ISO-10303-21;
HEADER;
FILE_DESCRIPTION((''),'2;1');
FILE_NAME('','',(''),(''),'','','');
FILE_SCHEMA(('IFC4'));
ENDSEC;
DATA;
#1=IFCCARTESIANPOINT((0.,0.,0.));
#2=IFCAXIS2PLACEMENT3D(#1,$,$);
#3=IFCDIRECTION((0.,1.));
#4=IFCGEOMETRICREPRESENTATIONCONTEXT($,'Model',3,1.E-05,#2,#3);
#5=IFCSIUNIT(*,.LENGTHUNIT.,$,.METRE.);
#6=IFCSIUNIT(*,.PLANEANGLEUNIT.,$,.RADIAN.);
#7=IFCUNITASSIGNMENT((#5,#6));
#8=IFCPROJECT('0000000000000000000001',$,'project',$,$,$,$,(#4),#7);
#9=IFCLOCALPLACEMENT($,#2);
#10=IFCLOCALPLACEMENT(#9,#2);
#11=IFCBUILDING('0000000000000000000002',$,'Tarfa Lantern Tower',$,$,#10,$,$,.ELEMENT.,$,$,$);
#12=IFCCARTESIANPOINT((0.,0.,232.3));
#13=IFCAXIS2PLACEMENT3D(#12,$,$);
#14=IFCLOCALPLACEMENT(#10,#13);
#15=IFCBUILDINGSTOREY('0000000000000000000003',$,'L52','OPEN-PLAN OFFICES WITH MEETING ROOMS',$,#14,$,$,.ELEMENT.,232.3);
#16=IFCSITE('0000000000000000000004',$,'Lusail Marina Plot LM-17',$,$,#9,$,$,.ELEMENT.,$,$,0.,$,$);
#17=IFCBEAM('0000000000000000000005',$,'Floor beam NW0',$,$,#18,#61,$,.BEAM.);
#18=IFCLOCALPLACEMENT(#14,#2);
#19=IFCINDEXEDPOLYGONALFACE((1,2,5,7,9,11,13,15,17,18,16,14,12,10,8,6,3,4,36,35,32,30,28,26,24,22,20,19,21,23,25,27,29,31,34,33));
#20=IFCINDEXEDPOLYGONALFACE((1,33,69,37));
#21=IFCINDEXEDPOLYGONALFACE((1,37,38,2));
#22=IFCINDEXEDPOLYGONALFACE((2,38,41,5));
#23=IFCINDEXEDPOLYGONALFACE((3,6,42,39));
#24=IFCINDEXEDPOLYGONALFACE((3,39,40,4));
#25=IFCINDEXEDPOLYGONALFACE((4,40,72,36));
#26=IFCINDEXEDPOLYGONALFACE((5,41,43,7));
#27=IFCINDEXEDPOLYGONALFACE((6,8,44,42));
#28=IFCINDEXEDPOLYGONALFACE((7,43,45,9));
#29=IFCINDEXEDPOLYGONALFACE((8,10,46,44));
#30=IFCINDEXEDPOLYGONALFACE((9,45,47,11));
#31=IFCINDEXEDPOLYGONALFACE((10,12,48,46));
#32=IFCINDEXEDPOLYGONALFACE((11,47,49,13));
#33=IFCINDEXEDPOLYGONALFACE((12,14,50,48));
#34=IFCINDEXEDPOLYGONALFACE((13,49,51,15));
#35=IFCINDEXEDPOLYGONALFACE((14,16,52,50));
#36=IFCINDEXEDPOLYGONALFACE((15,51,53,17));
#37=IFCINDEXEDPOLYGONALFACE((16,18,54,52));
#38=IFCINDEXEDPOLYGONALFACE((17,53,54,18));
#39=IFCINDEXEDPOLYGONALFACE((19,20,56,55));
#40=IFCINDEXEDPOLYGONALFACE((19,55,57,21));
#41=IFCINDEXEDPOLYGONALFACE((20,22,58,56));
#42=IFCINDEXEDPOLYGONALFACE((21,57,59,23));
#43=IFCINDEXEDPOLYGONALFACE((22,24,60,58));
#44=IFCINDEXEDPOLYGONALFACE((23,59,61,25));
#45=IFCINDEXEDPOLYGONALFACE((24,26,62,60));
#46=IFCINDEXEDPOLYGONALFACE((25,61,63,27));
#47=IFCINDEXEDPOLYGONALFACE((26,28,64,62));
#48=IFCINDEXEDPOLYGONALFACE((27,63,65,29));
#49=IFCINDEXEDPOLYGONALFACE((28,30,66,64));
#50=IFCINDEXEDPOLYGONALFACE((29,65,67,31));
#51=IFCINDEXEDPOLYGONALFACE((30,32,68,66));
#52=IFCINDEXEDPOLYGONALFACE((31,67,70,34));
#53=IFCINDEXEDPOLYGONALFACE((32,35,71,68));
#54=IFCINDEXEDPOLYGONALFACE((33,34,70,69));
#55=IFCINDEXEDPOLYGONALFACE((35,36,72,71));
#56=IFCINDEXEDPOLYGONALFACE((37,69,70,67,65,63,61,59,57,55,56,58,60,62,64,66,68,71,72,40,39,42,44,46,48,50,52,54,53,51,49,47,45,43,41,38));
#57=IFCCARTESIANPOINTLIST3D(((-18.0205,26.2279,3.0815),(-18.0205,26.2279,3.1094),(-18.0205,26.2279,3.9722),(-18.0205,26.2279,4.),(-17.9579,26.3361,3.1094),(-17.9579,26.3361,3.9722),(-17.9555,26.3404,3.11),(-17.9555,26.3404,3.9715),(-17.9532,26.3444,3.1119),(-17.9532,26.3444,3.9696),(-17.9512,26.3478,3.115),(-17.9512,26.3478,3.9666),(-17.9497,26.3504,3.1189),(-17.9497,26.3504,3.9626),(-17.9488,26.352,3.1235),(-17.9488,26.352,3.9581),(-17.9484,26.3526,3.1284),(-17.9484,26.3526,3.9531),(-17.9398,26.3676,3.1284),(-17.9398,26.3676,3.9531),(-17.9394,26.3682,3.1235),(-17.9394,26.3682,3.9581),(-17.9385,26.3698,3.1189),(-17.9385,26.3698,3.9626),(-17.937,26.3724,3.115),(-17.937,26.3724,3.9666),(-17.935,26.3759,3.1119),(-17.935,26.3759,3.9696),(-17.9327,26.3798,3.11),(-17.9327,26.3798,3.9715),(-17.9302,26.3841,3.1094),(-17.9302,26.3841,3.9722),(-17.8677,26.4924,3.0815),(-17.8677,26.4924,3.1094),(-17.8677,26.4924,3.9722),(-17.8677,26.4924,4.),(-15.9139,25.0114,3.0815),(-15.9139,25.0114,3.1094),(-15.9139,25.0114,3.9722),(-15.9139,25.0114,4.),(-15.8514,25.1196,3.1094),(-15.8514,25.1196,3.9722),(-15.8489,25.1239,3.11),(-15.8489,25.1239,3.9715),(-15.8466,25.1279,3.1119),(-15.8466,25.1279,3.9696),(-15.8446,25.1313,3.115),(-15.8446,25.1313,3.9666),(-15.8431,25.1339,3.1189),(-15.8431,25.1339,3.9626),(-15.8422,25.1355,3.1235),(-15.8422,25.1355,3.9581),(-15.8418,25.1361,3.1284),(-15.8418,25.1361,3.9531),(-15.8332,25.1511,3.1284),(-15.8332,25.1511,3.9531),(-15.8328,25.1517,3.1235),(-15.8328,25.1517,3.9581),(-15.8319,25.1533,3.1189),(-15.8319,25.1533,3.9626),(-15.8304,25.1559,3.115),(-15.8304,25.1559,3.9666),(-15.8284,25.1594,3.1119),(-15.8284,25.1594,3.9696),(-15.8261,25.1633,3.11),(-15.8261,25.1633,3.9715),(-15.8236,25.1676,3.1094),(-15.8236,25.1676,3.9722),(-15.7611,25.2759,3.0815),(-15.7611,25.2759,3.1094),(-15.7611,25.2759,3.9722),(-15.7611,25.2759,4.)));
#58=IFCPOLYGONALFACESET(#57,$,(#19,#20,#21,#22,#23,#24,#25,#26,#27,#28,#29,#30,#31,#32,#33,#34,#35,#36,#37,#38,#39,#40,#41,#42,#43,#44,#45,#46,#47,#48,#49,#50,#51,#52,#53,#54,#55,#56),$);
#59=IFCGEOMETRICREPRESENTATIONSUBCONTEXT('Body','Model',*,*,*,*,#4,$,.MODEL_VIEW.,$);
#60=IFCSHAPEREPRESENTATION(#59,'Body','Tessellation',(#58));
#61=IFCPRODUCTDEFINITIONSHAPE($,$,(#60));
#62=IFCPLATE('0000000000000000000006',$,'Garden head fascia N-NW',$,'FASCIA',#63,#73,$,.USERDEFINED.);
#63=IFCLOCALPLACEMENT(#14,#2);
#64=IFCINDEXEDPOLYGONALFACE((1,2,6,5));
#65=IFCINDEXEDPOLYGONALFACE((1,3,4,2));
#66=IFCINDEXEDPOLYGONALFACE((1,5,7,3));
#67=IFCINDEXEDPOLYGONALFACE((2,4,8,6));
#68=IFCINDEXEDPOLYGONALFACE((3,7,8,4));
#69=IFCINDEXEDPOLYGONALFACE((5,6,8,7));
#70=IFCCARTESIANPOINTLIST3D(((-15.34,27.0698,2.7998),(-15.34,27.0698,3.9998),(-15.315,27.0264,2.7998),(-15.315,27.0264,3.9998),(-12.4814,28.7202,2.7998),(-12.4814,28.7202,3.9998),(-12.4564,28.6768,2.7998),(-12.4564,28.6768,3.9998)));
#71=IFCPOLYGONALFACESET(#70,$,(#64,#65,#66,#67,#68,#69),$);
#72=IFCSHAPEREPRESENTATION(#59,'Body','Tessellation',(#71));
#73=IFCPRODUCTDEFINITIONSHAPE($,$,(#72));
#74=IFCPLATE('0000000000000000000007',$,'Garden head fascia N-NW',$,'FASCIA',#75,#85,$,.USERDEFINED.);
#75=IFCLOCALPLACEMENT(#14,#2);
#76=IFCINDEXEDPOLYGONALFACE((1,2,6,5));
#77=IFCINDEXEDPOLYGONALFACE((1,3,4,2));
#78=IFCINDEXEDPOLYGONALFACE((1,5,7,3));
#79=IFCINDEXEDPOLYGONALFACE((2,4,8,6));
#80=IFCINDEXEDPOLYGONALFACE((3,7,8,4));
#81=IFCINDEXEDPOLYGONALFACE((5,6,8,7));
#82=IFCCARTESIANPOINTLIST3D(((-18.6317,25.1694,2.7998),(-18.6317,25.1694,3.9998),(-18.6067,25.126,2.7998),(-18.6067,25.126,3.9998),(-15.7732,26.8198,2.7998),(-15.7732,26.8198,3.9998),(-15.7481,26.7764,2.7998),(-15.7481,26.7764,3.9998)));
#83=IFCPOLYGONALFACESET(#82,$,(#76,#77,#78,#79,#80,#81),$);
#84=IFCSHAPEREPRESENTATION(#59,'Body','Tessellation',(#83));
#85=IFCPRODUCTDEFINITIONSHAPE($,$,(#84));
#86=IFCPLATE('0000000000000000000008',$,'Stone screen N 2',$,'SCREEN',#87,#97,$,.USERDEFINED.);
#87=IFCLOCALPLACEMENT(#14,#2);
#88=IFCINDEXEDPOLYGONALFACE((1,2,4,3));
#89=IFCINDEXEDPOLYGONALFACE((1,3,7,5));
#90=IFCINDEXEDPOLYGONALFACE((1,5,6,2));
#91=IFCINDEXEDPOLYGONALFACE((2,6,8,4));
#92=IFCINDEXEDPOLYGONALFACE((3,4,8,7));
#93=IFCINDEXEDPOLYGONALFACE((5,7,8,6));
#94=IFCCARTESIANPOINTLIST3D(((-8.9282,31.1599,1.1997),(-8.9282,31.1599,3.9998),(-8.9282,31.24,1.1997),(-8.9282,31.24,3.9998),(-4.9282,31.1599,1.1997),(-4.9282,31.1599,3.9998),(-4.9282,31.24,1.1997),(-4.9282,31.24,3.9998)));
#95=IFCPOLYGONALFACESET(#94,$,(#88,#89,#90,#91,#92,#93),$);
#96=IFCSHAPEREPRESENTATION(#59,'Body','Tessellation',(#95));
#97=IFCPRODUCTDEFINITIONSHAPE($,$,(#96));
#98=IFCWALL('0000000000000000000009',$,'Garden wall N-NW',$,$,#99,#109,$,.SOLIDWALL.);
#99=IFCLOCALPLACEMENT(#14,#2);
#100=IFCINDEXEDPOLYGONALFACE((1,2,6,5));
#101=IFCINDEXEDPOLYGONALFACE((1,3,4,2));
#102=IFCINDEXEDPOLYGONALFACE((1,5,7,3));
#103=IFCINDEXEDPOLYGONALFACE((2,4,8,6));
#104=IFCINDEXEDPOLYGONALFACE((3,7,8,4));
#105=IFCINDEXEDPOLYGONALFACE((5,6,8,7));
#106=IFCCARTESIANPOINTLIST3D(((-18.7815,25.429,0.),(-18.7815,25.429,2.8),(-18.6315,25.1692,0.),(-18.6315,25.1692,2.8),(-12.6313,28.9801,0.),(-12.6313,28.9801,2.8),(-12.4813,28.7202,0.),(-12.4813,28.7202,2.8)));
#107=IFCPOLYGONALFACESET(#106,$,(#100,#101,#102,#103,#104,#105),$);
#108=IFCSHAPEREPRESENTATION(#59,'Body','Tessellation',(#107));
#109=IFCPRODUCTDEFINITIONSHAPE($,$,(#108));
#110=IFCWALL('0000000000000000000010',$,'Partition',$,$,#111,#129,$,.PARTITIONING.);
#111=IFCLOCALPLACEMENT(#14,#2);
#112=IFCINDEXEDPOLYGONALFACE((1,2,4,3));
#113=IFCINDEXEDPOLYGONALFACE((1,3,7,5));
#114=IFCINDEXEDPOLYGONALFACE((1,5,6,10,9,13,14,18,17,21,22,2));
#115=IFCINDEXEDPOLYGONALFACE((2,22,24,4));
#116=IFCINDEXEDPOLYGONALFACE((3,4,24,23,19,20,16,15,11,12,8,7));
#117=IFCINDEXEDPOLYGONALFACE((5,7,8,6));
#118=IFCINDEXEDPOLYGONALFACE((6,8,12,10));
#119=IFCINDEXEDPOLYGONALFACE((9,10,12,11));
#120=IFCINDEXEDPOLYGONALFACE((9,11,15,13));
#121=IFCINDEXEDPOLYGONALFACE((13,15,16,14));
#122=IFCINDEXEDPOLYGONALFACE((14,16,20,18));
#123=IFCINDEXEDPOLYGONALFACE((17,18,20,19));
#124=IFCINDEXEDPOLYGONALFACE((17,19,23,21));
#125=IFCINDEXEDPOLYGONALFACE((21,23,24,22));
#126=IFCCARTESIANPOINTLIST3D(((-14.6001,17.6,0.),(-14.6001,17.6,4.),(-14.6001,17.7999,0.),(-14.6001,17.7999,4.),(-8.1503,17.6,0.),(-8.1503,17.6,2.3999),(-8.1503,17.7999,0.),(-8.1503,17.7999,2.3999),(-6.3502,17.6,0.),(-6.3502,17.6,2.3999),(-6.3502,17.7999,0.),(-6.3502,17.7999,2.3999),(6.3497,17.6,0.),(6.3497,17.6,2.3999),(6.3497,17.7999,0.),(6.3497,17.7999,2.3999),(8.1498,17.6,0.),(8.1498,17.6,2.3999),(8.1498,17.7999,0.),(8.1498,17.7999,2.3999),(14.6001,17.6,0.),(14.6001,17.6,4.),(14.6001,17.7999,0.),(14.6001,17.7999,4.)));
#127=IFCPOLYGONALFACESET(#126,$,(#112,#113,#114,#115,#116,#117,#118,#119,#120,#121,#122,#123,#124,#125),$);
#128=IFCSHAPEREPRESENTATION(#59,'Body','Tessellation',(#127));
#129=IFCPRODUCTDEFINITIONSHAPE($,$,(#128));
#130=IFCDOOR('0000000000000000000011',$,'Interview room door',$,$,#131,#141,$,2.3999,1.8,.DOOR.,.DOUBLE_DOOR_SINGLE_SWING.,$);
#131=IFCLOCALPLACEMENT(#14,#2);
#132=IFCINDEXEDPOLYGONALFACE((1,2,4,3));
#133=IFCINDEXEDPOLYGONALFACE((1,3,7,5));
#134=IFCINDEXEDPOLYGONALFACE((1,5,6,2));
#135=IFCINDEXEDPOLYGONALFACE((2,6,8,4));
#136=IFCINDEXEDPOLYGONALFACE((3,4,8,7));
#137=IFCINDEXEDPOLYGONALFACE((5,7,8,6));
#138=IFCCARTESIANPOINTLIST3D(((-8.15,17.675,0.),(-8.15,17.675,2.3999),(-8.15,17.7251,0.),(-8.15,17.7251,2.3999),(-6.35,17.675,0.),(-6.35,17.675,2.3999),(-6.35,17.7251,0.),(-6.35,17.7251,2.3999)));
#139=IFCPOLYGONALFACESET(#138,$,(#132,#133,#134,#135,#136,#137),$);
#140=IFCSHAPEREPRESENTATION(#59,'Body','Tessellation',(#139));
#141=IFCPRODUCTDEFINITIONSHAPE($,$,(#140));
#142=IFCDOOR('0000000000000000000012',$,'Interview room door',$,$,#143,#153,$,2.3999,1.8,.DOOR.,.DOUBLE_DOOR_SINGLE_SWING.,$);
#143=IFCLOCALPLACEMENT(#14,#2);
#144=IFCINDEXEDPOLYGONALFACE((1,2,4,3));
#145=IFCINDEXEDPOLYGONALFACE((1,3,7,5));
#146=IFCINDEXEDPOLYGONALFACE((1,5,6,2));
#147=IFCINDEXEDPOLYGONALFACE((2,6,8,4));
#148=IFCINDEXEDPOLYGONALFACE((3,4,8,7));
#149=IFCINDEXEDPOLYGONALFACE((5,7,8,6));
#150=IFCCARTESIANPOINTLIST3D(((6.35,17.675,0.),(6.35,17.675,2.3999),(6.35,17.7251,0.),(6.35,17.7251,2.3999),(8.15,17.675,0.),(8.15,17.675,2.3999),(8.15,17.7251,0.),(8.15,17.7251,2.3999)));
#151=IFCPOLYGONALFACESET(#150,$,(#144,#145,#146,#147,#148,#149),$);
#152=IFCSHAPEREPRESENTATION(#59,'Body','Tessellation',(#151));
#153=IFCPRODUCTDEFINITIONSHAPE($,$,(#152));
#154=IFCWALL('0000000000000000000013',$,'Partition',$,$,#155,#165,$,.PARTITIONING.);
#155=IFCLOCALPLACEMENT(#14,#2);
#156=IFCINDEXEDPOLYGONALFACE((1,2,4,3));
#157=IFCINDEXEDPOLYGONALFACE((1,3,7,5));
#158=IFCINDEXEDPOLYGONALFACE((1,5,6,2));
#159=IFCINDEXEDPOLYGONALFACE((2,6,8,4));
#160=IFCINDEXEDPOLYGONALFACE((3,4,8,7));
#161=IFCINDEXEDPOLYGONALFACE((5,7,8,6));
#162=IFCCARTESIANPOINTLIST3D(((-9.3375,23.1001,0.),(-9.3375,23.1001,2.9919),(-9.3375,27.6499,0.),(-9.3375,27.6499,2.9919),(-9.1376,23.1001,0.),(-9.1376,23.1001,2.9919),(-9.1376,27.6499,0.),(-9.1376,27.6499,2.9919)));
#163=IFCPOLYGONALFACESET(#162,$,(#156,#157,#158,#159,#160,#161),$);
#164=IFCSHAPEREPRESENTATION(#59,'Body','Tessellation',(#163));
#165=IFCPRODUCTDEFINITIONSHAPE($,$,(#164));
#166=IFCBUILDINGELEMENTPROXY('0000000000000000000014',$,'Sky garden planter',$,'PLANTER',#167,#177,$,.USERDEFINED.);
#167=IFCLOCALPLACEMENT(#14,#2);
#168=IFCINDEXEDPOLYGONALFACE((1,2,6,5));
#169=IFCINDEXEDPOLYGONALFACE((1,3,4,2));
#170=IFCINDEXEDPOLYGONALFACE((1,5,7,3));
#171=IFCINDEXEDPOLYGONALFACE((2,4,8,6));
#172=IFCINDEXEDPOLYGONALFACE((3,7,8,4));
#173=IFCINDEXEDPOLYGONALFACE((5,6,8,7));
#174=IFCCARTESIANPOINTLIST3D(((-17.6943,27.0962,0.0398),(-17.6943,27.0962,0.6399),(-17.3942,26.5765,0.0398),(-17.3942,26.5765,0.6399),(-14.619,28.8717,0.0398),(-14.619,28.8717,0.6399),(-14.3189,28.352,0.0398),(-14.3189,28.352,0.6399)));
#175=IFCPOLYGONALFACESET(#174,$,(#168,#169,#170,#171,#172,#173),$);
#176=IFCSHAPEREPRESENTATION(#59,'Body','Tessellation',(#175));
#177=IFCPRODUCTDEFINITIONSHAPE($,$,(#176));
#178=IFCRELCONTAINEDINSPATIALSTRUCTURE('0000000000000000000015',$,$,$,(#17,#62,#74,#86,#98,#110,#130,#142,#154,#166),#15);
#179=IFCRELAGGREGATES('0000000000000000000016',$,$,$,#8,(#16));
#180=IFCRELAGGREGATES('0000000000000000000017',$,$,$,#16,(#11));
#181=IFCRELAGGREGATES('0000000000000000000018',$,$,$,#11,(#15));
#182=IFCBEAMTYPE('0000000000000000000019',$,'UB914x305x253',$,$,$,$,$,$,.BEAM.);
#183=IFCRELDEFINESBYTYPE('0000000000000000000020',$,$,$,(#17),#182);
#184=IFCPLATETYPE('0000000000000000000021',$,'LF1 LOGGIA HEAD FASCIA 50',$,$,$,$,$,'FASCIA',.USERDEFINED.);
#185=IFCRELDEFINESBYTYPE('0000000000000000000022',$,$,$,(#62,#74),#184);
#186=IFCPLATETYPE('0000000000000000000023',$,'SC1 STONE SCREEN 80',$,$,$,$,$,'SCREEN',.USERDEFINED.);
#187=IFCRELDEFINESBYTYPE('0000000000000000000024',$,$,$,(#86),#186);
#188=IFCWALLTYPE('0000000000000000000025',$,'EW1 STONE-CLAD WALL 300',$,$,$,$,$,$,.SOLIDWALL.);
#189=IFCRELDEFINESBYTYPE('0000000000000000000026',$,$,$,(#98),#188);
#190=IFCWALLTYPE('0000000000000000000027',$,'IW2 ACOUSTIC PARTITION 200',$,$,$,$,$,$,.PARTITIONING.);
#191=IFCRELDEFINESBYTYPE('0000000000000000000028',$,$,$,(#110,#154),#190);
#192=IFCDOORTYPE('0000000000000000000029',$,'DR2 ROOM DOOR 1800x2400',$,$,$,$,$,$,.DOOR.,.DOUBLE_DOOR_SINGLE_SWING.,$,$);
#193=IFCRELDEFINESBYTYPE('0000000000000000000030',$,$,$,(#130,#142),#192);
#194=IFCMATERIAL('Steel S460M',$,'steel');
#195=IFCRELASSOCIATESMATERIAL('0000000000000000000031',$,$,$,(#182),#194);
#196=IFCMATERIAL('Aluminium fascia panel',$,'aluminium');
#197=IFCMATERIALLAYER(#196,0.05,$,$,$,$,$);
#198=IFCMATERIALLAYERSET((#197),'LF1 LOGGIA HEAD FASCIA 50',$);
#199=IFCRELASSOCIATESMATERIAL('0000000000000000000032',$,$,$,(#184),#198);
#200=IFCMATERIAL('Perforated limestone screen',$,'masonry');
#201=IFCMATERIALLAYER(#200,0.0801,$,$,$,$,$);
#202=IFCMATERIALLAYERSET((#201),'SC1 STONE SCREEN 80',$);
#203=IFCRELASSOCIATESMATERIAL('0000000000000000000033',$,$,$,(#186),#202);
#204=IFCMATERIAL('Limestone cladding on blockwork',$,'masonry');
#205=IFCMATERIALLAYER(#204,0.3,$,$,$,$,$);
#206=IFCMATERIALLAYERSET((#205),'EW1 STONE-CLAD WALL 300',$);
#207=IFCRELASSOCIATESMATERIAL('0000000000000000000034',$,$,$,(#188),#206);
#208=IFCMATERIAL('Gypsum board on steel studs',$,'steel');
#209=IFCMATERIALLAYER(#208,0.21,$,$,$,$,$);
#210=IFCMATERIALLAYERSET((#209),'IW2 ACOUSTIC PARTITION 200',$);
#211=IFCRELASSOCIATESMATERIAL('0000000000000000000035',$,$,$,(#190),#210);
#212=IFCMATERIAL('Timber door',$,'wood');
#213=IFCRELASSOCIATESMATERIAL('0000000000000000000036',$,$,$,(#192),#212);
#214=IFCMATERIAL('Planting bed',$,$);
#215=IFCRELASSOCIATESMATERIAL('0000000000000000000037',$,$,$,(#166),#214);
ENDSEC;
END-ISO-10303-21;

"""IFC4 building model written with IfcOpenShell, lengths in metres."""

from ifc_helpers import new_model, si_unit, direction, frame, frame_2d, origin, origin_2d, place, context, subcontext, project, spatial, rectangle, i_section, extrude, material, layer, layer_set, material_profile, profile_set, type_object, element, fill, save


model = new_model("IFC4")

# Units and contexts
model_context = context("Model", 3, precision=1e-05, world=origin(), true_north=direction((0.0, 1.0)))
body_context = subcontext(model_context, "Body", "Model", "MODEL_VIEW")
ifc_project = project(units=[si_unit("LENGTHUNIT", "METRE"), si_unit("PLANEANGLEUNIT", "RADIAN")], contexts=[model_context])

# Site, building, storey
site_placement = place(None, origin())
site = spatial("IfcSite", under=ifc_project, at=site_placement, Name="Lusail Marina Plot LM-17", CompositionType="ELEMENT", RefElevation=0.0)
building_placement = place(site_placement, origin())
building = spatial("IfcBuilding", under=site, at=building_placement, Name="Tarfa Lantern Tower", CompositionType="ELEMENT")
storey_placement = place(building_placement, frame((0.0, 0.0, 232.3)))
storey = spatial("IfcBuildingStorey", under=building, at=storey_placement, Name="L52", Description="OPEN-PLAN OFFICES WITH MEETING ROOMS", CompositionType="ELEMENT", Elevation=232.3)

# Beam
ifc_material_1 = material(Name="Steel S460M", Category="steel")
ifc_material_profile_1 = material_profile(ifc_material_1, i_section(OverallWidth=0.3054, OverallDepth=0.9185, WebThickness=0.0173, FlangeThickness=0.0278, FilletRadius=0.019, at=origin_2d()), Name="UB914x305x253")
ifc_profile_set_1 = profile_set([ifc_material_profile_1], Name="Steel S460M")
beam_type_1 = type_object("IfcBeamType", Name="UB914x305x253", PredefinedType="BEAM", material=ifc_profile_set_1)
beam_1_placement = place(storey_placement, frame((-17.9441, 26.3601, 3.5408), z_axis=(0.86598, -0.500079, 0.0), x_axis=(0.500079, 0.86598, 0.0)))
element("IfcBeam", 1, at=beam_1_placement, inside=storey, type_object=beam_type_1, Name="Floor beam NW0", PredefinedType="BEAM", context=body_context, shape_type="SweptSolid", body=[
    extrude(i_section(OverallWidth=0.3054, OverallDepth=0.9185, WebThickness=0.0173, FlangeThickness=0.0278, FilletRadius=0.019, at=origin_2d()), origin(), (0.0, 0.0, 1.0), 2.4326),
])

# Plates
ifc_material_2 = material(Name="Aluminium fascia panel", Category="aluminium")
ifc_layer_1 = layer(ifc_material_2, 0.05)
ifc_layer_set_1 = layer_set([ifc_layer_1], Name="LF1 LOGGIA HEAD FASCIA 50")
plate_type_1 = type_object("IfcPlateType", Name="LF1 LOGGIA HEAD FASCIA 50", ElementType="FASCIA", PredefinedType="USERDEFINED", material=ifc_layer_set_1)
for number, where, z_axis, x_axis, name in (
    (2, (-13.8982, 27.8733, 2.7998), (0.0, 0.0, 1.0), (-0.866025, -0.5, 0.0), "Garden head fascia N-NW"),
    (3, (-17.1899, 25.9729, 2.7998), (0.0, 0.0, 1.0), (-0.866025, -0.5, 0.0), "Garden head fascia N-NW"),
):
    element("IfcPlate", number, at=place(storey_placement, frame(where, z_axis=z_axis, x_axis=x_axis)), inside=storey, type_object=plate_type_1, Name=name, ObjectType="FASCIA", PredefinedType="USERDEFINED", context=body_context, shape_type="SweptSolid", body=[
        extrude(rectangle(XDim=3.3008, YDim=0.05, at=origin_2d()), origin(), (0.0, 0.0, 1.0), 1.2),
    ])
ifc_material_3 = material(Name="Perforated limestone screen", Category="masonry")
ifc_layer_2 = layer(ifc_material_3, 0.0801)
ifc_layer_set_2 = layer_set([ifc_layer_2], Name="SC1 STONE SCREEN 80")
plate_type_2 = type_object("IfcPlateType", Name="SC1 STONE SCREEN 80", ElementType="SCREEN", PredefinedType="USERDEFINED", material=ifc_layer_set_2)
plate_placement = place(storey_placement, frame((-6.9282, 31.2, 1.1997), z_axis=(0.0, 0.0, 1.0), x_axis=(-1.0, 0.0, 0.0)))
element("IfcPlate", 4, at=plate_placement, inside=storey, type_object=plate_type_2, Name="Stone screen N 2", ObjectType="SCREEN", PredefinedType="USERDEFINED", context=body_context, shape_type="SweptSolid", body=[
    extrude(rectangle(XDim=4.0, YDim=0.0801, at=origin_2d()), origin(), (0.0, 0.0, 1.0), 2.8),
])

# Wall
ifc_material_4 = material(Name="Limestone cladding on blockwork", Category="masonry")
ifc_layer_3 = layer(ifc_material_4, 0.3)
ifc_layer_set_3 = layer_set([ifc_layer_3], Name="EW1 STONE-CLAD WALL 300")
wall_type_1 = type_object("IfcWallType", Name="EW1 STONE-CLAD WALL 300", PredefinedType="SOLIDWALL", material=ifc_layer_set_3)
wall_1_placement = place(storey_placement, frame((-12.5564, 28.8501, 0.0), z_axis=(0.0, 0.0, 1.0), x_axis=(-0.866011, -0.500025, 0.0)))
element("IfcWall", 5, at=wall_1_placement, inside=storey, type_object=wall_type_1, Name="Garden wall N-NW", PredefinedType="SOLIDWALL", context=body_context, shape_type="SweptSolid", body=[
    extrude(rectangle(XDim=7.1018, YDim=0.3, at=frame_2d((3.5508, 0.0))), origin(), (0.0, 0.0, 1.0), 2.8),
])

# Wall, openings, doors
ifc_material_5 = material(Name="Gypsum board on steel studs", Category="steel")
ifc_layer_4 = layer(ifc_material_5, 0.21)
ifc_layer_set_4 = layer_set([ifc_layer_4], Name="IW2 ACOUSTIC PARTITION 200")
wall_type_2 = type_object("IfcWallType", Name="IW2 ACOUSTIC PARTITION 200", PredefinedType="PARTITIONING", material=ifc_layer_set_4)
wall_2_placement = place(storey_placement, frame((-14.6001, 17.7, 0.0), z_axis=(0.0, 0.0, 1.0), x_axis=(1.0, 0.0, 0.0)))
wall_2 = element("IfcWall", 6, at=wall_2_placement, inside=storey, type_object=wall_type_2, Name="Partition", PredefinedType="PARTITIONING", context=body_context, shape_type="SweptSolid", body=[
    extrude(rectangle(XDim=29.2002, YDim=0.2, at=frame_2d((14.6001, 0.0))), origin(), (0.0, 0.0, 1.0), 4.0),
])
opening_1_placement = place(wall_2_placement, frame((6.45, 0.0, 0.0)))
opening_1 = element("IfcOpeningElement", 7, at=opening_1_placement, cuts=wall_2, PredefinedType="OPENING", context=body_context, shape_type="SweptSolid", body=[
    extrude(rectangle(XDim=1.8, YDim=2.3999, at=frame_2d((0.8999, 1.2))), frame((0.0, 0.1099, 0.0), z_axis=(0.0, -1.0, 0.0), x_axis=(1.0, 0.0, 0.0)), (0.0, 0.0, 1.0), 0.22),
])
opening_2_placement = place(wall_2_placement, frame((20.95, 0.0, 0.0)))
opening_2 = element("IfcOpeningElement", 8, at=opening_2_placement, cuts=wall_2, PredefinedType="OPENING", context=body_context, shape_type="SweptSolid", body=[
    extrude(rectangle(XDim=1.8, YDim=2.3999, at=frame_2d((0.8999, 1.2))), frame((0.0, 0.1099, 0.0), z_axis=(0.0, -1.0, 0.0), x_axis=(1.0, 0.0, 0.0)), (0.0, 0.0, 1.0), 0.22),
])
ifc_material_6 = material(Name="Timber door", Category="wood")
door_type = type_object("IfcDoorType", Name="DR2 ROOM DOOR 1800x2400", OperationType="DOUBLE_DOOR_SINGLE_SWING", PredefinedType="DOOR", material=ifc_material_6)
door_1_placement = place(opening_1_placement, frame((1.8, 0.0, 0.0), z_axis=(0.0, 0.0, 1.0), x_axis=(-1.0, 0.0, 0.0)))
door_1 = element("IfcDoor", 9, at=door_1_placement, inside=storey, type_object=door_type, Name="Interview room door", OperationType="DOUBLE_DOOR_SINGLE_SWING", OverallHeight=2.3999, OverallWidth=1.8, PredefinedType="DOOR", context=body_context, shape_type="SweptSolid", body=[
    extrude(rectangle(XDim=1.8, YDim=2.3999, at=frame_2d((0.8999, 1.2))), frame((0.0, 0.0249, 0.0), z_axis=(0.0, -1.0, 0.0), x_axis=(1.0, 0.0, 0.0)), (0.0, 0.0, 1.0), 0.05),
])
fill(opening_1, door_1)
door_2_placement = place(opening_2_placement, frame((1.8, 0.0, 0.0), z_axis=(0.0, 0.0, 1.0), x_axis=(-1.0, 0.0, 0.0)))
door_2 = element("IfcDoor", 10, at=door_2_placement, inside=storey, type_object=door_type, Name="Interview room door", OperationType="DOUBLE_DOOR_SINGLE_SWING", OverallHeight=2.3999, OverallWidth=1.8, PredefinedType="DOOR", context=body_context, shape_type="SweptSolid", body=[
    extrude(rectangle(XDim=1.8, YDim=2.3999, at=frame_2d((0.8999, 1.2))), frame((0.0, 0.0249, 0.0), z_axis=(0.0, -1.0, 0.0), x_axis=(1.0, 0.0, 0.0)), (0.0, 0.0, 1.0), 0.05),
])
fill(opening_2, door_2)

# Wall
wall_3_placement = place(storey_placement, frame((-9.2375, 23.1001, 0.0), z_axis=(0.0, 0.0, 1.0), x_axis=(0.0, 1.0, 0.0)))
element("IfcWall", 11, at=wall_3_placement, inside=storey, type_object=wall_type_2, Name="Partition", PredefinedType="PARTITIONING", context=body_context, shape_type="SweptSolid", body=[
    extrude(rectangle(XDim=4.5498, YDim=0.2, at=frame_2d((2.2749, 0.0))), origin(), (0.0, 0.0, 1.0), 2.9919),
])

# Building element proxy
ifc_material_7 = material(Name="Planting bed")
proxy_placement = place(storey_placement, frame((-16.0066, 27.7241, 0.0398), z_axis=(0.0, 0.0, 1.0), x_axis=(-0.866025, -0.5, 0.0)))
element("IfcBuildingElementProxy", 12, at=proxy_placement, inside=storey, material=ifc_material_7, Name="Sky garden planter", ObjectType="PLANTER", PredefinedType="USERDEFINED", context=body_context, shape_type="SweptSolid", body=[
    extrude(rectangle(XDim=3.551, YDim=0.6001, at=origin_2d()), origin(), (0.0, 0.0, 1.0), 0.6001),
])

save(model, "model.ifc")
